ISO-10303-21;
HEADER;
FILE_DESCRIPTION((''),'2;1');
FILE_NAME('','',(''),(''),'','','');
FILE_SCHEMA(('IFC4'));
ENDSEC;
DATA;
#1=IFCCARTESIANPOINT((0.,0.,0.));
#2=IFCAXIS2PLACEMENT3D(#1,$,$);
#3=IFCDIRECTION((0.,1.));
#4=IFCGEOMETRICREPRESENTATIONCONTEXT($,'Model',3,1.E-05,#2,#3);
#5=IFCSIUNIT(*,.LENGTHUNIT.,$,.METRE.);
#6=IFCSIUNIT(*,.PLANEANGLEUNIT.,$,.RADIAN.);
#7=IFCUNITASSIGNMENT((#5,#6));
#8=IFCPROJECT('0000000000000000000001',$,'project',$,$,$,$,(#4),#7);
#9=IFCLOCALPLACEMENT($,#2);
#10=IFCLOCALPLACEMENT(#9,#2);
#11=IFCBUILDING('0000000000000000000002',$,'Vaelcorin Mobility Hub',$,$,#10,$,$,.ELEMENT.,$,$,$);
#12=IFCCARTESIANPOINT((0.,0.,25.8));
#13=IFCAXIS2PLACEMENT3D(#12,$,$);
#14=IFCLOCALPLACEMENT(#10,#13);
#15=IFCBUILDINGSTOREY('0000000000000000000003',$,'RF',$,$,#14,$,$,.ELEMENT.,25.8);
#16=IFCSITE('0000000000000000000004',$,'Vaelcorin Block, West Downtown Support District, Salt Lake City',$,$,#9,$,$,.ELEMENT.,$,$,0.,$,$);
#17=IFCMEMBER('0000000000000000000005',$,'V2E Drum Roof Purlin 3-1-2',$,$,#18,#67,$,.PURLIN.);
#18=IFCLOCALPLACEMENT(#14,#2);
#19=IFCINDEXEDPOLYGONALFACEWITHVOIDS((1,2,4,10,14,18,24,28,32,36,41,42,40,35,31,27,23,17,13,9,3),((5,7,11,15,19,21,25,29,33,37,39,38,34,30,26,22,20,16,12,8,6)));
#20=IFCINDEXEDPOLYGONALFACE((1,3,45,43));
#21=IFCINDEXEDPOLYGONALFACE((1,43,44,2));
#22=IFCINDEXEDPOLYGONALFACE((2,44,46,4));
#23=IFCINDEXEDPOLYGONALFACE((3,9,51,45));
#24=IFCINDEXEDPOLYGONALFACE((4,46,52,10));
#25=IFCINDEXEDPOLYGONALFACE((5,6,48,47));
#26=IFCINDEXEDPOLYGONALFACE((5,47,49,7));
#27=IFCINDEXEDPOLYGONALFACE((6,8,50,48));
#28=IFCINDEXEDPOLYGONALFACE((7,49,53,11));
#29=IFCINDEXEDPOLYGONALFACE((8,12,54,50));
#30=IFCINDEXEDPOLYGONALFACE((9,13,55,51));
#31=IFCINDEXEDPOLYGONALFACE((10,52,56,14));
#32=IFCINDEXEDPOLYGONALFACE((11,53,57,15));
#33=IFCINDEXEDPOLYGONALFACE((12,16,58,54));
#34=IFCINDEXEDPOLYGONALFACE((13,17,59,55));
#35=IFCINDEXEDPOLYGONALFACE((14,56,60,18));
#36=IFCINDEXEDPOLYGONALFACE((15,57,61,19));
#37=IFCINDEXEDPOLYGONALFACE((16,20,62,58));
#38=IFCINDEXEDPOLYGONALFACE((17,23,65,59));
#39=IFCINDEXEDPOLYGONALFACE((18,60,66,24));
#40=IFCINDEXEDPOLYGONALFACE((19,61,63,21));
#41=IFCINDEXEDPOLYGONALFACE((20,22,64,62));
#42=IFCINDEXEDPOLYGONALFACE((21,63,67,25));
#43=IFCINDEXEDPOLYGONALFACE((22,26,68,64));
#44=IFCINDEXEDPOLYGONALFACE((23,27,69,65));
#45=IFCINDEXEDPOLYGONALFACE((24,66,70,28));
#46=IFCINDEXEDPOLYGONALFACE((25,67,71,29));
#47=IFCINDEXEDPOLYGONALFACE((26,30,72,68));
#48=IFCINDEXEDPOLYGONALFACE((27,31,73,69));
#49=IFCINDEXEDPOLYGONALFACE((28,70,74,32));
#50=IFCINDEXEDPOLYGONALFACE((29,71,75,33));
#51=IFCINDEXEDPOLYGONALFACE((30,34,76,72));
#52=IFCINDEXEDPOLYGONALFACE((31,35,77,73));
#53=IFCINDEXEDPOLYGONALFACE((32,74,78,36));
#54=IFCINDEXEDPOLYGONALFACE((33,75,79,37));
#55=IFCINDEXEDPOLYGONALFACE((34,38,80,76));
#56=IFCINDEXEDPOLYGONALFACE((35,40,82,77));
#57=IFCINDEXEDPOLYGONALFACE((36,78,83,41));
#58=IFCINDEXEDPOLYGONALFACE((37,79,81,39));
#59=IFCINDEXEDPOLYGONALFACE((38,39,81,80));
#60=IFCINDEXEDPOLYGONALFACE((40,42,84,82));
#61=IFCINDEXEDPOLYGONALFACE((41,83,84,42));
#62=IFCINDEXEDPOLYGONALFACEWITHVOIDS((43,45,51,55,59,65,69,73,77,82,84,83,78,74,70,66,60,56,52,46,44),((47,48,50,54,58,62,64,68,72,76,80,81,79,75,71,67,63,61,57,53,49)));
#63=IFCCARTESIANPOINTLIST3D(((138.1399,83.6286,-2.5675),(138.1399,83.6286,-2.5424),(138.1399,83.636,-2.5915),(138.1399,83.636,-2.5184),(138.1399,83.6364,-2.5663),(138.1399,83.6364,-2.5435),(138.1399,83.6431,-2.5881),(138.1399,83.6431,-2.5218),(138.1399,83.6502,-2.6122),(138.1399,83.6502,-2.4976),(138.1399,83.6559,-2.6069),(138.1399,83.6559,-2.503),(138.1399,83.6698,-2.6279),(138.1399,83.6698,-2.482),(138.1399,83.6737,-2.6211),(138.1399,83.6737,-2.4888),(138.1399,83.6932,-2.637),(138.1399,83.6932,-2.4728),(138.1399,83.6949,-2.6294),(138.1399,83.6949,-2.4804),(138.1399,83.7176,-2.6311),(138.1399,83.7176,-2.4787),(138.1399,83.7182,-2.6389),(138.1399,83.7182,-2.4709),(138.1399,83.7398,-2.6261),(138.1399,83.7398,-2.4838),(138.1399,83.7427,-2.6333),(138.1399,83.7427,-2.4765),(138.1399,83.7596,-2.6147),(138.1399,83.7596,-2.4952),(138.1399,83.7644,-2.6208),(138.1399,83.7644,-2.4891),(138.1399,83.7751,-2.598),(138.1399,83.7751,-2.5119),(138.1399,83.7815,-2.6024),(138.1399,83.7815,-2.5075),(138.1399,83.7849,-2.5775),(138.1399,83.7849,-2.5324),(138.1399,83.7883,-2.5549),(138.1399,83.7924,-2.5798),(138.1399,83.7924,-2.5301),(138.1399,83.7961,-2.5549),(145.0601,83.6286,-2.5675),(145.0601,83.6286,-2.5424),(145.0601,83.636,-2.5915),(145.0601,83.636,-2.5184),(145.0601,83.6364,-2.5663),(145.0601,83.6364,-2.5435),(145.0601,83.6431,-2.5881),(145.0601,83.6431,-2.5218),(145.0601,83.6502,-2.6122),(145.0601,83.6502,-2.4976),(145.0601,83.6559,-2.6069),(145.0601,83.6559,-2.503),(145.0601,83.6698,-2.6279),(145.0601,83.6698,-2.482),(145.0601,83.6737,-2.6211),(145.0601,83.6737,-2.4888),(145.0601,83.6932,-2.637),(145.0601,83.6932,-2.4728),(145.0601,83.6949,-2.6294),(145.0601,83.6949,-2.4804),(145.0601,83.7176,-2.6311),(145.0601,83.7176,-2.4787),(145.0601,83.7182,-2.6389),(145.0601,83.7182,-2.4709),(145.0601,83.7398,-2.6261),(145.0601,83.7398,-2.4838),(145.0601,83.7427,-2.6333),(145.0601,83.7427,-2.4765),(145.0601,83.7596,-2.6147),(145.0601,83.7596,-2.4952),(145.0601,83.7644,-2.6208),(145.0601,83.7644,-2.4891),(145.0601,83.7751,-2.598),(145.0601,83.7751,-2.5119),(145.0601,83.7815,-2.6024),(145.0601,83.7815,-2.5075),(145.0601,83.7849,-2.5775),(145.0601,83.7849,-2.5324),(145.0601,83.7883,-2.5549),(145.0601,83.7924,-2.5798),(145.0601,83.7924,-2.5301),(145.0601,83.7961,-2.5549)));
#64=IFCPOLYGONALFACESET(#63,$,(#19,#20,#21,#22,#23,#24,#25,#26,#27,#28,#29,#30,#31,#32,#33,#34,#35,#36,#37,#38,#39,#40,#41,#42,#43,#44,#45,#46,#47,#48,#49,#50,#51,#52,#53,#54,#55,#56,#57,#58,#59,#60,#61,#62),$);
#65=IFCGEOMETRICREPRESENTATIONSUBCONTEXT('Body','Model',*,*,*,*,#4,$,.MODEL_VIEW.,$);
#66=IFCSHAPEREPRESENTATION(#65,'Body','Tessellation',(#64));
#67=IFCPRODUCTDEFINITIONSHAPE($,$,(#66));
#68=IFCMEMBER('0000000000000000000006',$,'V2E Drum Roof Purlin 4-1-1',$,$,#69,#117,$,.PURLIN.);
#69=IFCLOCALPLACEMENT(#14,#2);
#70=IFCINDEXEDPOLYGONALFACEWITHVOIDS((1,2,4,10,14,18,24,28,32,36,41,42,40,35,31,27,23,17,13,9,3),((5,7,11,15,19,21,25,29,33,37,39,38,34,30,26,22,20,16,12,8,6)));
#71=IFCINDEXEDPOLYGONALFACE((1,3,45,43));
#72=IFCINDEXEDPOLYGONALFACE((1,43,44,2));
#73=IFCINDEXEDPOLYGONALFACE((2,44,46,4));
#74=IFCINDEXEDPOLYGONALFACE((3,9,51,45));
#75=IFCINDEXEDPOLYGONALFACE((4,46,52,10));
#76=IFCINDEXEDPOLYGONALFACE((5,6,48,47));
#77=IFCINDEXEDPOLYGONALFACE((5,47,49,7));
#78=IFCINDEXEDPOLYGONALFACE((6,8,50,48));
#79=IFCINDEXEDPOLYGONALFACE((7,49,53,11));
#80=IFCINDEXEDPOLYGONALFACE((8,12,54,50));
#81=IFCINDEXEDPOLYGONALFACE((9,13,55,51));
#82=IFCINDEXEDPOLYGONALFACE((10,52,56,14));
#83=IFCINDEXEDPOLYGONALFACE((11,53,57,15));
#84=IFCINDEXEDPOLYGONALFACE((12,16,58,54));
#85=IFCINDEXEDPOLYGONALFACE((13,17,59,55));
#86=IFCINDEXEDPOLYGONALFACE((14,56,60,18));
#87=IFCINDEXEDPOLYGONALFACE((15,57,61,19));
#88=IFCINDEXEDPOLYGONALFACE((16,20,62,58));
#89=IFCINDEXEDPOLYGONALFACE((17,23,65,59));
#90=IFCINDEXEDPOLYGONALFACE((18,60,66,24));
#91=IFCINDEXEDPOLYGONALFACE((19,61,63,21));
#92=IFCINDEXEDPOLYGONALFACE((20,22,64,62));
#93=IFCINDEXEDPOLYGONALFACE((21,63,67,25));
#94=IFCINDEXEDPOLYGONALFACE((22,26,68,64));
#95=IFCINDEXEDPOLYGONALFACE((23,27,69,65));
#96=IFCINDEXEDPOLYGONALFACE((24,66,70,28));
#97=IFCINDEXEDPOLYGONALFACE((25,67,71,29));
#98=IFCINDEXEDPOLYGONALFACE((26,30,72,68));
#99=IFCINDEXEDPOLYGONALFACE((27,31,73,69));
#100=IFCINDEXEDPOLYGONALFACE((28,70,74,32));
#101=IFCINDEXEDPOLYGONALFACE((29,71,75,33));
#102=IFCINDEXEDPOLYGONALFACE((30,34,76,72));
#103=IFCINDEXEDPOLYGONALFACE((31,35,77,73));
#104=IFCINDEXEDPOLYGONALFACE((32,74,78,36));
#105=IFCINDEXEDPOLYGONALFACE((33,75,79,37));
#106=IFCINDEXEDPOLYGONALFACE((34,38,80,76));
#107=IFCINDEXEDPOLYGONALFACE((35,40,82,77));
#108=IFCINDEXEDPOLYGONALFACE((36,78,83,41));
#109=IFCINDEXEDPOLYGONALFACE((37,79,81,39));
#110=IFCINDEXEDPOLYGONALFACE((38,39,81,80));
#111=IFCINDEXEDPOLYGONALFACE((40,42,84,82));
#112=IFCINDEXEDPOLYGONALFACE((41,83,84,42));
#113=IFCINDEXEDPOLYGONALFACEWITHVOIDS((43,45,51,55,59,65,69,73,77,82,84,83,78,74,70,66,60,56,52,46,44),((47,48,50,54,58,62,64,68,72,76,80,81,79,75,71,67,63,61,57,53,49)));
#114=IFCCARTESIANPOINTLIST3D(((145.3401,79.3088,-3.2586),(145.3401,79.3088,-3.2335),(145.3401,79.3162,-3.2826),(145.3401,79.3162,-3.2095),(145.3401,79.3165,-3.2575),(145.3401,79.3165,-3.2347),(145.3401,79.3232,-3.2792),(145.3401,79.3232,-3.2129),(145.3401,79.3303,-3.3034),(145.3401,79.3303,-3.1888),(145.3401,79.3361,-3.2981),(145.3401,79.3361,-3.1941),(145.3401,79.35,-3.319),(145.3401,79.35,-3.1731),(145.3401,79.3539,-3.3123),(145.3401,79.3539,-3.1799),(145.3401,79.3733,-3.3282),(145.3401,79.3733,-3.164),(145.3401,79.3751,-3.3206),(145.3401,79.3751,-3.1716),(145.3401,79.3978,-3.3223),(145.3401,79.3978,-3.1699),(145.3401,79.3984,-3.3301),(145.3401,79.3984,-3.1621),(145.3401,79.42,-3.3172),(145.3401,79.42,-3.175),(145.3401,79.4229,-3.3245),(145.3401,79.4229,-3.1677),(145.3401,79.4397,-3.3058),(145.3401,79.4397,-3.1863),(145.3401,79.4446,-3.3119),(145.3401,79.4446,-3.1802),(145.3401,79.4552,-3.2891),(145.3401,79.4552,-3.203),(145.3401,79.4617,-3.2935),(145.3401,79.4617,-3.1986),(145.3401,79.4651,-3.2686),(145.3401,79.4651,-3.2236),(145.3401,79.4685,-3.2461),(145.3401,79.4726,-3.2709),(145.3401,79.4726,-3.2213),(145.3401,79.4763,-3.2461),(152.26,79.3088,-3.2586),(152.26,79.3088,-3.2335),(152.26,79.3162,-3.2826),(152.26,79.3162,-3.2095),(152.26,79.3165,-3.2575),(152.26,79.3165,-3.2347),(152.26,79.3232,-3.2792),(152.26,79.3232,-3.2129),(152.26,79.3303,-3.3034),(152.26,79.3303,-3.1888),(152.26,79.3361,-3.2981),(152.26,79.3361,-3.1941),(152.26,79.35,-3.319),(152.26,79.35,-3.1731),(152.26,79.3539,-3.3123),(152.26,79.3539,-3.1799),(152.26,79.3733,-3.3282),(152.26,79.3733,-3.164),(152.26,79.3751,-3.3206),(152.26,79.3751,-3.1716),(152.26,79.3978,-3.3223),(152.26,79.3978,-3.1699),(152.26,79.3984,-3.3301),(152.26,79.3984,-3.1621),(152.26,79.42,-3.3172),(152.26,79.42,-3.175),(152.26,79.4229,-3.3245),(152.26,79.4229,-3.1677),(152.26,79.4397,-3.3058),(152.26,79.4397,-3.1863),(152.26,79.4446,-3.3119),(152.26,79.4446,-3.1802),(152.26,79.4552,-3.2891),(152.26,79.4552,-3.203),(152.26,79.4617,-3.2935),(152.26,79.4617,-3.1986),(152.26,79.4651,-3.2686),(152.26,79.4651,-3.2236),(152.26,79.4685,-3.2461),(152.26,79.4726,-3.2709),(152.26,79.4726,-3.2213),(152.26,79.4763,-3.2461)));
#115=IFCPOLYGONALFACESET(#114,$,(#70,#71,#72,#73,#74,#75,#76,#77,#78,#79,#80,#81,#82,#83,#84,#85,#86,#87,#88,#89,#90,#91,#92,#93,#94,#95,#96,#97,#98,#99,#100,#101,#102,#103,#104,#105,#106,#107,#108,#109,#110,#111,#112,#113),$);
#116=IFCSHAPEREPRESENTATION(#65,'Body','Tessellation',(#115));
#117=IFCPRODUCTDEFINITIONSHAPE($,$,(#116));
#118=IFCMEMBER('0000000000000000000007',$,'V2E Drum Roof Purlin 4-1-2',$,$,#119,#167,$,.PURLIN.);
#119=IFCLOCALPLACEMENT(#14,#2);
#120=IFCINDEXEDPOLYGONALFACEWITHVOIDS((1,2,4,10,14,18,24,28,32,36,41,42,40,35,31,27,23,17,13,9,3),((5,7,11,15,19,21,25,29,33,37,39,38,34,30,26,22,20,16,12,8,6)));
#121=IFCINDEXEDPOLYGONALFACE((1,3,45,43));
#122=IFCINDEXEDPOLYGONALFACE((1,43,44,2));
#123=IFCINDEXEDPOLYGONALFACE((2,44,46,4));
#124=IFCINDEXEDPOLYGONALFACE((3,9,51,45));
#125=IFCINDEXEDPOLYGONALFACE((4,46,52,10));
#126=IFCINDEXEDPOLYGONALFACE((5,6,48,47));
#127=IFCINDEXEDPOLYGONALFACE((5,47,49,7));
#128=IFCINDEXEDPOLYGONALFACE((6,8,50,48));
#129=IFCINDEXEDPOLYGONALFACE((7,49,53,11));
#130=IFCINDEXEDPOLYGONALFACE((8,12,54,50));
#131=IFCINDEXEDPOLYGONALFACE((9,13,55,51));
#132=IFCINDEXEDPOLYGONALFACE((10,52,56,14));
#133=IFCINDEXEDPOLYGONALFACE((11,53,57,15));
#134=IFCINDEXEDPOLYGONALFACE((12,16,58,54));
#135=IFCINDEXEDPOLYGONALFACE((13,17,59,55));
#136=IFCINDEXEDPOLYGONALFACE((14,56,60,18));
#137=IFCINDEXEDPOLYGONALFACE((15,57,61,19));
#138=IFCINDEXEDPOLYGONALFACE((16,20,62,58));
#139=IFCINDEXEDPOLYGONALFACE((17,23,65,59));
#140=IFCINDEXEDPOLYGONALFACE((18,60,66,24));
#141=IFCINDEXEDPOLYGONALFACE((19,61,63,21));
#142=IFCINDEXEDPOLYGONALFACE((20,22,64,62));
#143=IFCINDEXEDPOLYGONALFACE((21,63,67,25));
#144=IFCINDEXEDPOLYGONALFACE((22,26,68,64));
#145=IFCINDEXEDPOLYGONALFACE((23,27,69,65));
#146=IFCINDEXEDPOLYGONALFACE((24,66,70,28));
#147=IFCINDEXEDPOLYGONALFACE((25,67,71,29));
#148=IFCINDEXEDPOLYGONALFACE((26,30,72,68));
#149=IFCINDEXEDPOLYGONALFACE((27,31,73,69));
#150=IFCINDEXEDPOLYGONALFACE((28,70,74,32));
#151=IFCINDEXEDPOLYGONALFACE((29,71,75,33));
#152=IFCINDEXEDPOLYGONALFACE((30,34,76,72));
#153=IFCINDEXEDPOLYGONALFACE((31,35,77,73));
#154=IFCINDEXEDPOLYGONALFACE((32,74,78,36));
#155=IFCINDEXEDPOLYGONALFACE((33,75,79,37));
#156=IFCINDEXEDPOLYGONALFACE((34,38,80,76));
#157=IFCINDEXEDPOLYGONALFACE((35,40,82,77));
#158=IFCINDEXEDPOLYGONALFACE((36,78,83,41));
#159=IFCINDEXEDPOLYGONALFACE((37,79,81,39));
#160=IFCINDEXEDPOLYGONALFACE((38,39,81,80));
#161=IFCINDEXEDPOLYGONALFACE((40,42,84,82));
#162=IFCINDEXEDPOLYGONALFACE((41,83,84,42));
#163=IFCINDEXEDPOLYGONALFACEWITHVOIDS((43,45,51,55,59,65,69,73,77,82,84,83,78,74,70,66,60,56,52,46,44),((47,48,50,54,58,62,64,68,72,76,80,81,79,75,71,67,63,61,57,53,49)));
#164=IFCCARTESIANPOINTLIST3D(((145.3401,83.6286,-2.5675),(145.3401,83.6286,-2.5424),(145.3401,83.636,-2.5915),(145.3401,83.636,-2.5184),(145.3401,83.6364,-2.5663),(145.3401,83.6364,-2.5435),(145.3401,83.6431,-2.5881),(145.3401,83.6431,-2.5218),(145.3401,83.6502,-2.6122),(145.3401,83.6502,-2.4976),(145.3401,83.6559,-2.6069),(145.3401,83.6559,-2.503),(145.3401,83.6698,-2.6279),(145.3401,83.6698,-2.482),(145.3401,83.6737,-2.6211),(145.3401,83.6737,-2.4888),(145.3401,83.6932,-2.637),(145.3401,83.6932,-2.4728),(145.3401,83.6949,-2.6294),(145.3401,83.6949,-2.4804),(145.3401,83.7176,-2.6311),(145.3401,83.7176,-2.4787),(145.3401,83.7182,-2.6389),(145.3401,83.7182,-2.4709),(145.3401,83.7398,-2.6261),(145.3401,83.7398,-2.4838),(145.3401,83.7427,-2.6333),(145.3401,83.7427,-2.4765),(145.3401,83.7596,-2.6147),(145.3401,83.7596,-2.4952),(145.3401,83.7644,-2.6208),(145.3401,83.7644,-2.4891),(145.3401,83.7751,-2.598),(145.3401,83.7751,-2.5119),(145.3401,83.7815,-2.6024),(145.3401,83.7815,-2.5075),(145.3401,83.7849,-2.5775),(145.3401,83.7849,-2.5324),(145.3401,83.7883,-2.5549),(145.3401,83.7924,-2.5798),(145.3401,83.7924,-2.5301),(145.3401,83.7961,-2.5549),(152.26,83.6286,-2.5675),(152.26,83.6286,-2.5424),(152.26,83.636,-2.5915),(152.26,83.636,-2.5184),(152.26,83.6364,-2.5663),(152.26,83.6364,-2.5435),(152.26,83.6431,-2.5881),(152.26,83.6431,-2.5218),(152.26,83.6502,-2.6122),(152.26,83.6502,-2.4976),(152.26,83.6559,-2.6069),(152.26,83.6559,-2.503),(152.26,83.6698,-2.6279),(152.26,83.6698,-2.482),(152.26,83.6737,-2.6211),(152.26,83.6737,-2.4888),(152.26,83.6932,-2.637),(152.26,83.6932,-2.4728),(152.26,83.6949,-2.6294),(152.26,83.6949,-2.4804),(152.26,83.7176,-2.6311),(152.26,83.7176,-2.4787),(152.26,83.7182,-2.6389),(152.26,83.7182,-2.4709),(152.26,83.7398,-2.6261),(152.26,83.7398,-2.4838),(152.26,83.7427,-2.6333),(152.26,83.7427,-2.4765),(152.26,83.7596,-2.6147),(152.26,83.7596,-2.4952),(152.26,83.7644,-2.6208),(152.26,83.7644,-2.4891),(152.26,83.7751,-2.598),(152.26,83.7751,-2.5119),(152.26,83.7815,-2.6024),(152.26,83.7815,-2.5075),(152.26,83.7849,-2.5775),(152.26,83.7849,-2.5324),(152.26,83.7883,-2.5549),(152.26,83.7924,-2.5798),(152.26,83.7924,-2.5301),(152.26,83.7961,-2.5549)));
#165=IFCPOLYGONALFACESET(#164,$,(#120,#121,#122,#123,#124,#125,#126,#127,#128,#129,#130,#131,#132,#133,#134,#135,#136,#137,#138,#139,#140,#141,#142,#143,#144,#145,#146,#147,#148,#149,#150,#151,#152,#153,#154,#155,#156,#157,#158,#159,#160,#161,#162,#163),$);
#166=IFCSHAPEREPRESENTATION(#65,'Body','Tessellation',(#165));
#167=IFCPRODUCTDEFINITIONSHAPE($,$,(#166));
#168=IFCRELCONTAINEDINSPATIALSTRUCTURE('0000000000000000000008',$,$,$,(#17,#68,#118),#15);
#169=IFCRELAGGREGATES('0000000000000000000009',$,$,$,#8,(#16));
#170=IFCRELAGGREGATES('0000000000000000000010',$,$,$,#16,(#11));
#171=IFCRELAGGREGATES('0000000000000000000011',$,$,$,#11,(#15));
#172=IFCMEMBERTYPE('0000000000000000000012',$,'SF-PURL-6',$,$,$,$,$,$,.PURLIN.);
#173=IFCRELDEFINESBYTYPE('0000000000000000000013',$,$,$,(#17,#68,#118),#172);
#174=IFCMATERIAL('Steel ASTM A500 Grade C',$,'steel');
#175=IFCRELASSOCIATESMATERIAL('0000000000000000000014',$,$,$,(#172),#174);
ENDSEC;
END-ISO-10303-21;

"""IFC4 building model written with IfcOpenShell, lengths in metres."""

from ifc_helpers import new_model, si_unit, direction, frame, origin, origin_2d, place, context, subcontext, project, spatial, hollow_circle, extrude, material, material_profile, profile_set, type_object, element, save


model = new_model("IFC4")

# Units and contexts
model_context = context("Model", 3, precision=1e-05, world=origin(), true_north=direction((0.0, 1.0)))
body_context = subcontext(model_context, "Body", "Model", "MODEL_VIEW")
ifc_project = project(units=[si_unit("LENGTHUNIT", "METRE"), si_unit("PLANEANGLEUNIT", "RADIAN")], contexts=[model_context])

# Site, building, storey
site_placement = place(None, origin())
site = spatial("IfcSite", under=ifc_project, at=site_placement, Name="Vaelcorin Block, West Downtown Support District, Salt Lake City", CompositionType="ELEMENT", RefElevation=0.0)
building_placement = place(site_placement, origin())
building = spatial("IfcBuilding", under=site, at=building_placement, Name="Vaelcorin Mobility Hub", CompositionType="ELEMENT")
storey_placement = place(building_placement, frame((0.0, 0.0, 25.8)))
storey = spatial("IfcBuildingStorey", under=building, at=storey_placement, Name="RF", CompositionType="ELEMENT", Elevation=25.8)

# Members
ifc_material_1 = material(Name="Steel ASTM A500 Grade C", Category="steel")
ifc_material_profile_1 = material_profile(ifc_material_1, hollow_circle(Radius=0.0842, WallThickness=0.0078, at=origin_2d()), Name="HSS6.625X0.312")
ifc_profile_set_1 = profile_set([ifc_material_profile_1], Name="Steel ASTM A500 Grade C")
member_type_1 = type_object("IfcMemberType", Name="SF-PURL-6", PredefinedType="PURLIN", material=ifc_profile_set_1)
for number, where, z_axis, x_axis, name in (
    (1, (138.1399, 83.7119, -2.5549), (1.0, 0.0, 0.0), (0.0, 1.0, 0.0), "V2E Drum Roof Purlin 3-1-2"),
):
    element("IfcMember", number, at=place(storey_placement, frame(where, z_axis=z_axis, x_axis=x_axis)), inside=storey, type_object=member_type_1, Name=name, PredefinedType="PURLIN", context=body_context, shape_type="SweptSolid", body=[
        extrude(hollow_circle(Radius=0.0842, WallThickness=0.0078, at=origin_2d()), origin(), (0.0, 0.0, 1.0), 6.9202),
    ])
for number, where, z_axis, x_axis, name in (
    (2, (145.3401, 79.3921, -3.2461), (1.0, 0.0, 0.0), (0.0, 1.0, 0.0), "V2E Drum Roof Purlin 4-1-1"),
    (3, (145.3401, 83.7119, -2.5549), (1.0, 0.0, 0.0), (0.0, 1.0, 0.0), "V2E Drum Roof Purlin 4-1-2"),
):
    element("IfcMember", number, at=place(storey_placement, frame(where, z_axis=z_axis, x_axis=x_axis)), inside=storey, type_object=member_type_1, Name=name, PredefinedType="PURLIN", context=body_context, shape_type="SweptSolid", body=[
        extrude(hollow_circle(Radius=0.0842, WallThickness=0.0078, at=origin_2d()), origin(), (0.0, 0.0, 1.0), 6.9199),
    ])

save(model, "model.ifc")
